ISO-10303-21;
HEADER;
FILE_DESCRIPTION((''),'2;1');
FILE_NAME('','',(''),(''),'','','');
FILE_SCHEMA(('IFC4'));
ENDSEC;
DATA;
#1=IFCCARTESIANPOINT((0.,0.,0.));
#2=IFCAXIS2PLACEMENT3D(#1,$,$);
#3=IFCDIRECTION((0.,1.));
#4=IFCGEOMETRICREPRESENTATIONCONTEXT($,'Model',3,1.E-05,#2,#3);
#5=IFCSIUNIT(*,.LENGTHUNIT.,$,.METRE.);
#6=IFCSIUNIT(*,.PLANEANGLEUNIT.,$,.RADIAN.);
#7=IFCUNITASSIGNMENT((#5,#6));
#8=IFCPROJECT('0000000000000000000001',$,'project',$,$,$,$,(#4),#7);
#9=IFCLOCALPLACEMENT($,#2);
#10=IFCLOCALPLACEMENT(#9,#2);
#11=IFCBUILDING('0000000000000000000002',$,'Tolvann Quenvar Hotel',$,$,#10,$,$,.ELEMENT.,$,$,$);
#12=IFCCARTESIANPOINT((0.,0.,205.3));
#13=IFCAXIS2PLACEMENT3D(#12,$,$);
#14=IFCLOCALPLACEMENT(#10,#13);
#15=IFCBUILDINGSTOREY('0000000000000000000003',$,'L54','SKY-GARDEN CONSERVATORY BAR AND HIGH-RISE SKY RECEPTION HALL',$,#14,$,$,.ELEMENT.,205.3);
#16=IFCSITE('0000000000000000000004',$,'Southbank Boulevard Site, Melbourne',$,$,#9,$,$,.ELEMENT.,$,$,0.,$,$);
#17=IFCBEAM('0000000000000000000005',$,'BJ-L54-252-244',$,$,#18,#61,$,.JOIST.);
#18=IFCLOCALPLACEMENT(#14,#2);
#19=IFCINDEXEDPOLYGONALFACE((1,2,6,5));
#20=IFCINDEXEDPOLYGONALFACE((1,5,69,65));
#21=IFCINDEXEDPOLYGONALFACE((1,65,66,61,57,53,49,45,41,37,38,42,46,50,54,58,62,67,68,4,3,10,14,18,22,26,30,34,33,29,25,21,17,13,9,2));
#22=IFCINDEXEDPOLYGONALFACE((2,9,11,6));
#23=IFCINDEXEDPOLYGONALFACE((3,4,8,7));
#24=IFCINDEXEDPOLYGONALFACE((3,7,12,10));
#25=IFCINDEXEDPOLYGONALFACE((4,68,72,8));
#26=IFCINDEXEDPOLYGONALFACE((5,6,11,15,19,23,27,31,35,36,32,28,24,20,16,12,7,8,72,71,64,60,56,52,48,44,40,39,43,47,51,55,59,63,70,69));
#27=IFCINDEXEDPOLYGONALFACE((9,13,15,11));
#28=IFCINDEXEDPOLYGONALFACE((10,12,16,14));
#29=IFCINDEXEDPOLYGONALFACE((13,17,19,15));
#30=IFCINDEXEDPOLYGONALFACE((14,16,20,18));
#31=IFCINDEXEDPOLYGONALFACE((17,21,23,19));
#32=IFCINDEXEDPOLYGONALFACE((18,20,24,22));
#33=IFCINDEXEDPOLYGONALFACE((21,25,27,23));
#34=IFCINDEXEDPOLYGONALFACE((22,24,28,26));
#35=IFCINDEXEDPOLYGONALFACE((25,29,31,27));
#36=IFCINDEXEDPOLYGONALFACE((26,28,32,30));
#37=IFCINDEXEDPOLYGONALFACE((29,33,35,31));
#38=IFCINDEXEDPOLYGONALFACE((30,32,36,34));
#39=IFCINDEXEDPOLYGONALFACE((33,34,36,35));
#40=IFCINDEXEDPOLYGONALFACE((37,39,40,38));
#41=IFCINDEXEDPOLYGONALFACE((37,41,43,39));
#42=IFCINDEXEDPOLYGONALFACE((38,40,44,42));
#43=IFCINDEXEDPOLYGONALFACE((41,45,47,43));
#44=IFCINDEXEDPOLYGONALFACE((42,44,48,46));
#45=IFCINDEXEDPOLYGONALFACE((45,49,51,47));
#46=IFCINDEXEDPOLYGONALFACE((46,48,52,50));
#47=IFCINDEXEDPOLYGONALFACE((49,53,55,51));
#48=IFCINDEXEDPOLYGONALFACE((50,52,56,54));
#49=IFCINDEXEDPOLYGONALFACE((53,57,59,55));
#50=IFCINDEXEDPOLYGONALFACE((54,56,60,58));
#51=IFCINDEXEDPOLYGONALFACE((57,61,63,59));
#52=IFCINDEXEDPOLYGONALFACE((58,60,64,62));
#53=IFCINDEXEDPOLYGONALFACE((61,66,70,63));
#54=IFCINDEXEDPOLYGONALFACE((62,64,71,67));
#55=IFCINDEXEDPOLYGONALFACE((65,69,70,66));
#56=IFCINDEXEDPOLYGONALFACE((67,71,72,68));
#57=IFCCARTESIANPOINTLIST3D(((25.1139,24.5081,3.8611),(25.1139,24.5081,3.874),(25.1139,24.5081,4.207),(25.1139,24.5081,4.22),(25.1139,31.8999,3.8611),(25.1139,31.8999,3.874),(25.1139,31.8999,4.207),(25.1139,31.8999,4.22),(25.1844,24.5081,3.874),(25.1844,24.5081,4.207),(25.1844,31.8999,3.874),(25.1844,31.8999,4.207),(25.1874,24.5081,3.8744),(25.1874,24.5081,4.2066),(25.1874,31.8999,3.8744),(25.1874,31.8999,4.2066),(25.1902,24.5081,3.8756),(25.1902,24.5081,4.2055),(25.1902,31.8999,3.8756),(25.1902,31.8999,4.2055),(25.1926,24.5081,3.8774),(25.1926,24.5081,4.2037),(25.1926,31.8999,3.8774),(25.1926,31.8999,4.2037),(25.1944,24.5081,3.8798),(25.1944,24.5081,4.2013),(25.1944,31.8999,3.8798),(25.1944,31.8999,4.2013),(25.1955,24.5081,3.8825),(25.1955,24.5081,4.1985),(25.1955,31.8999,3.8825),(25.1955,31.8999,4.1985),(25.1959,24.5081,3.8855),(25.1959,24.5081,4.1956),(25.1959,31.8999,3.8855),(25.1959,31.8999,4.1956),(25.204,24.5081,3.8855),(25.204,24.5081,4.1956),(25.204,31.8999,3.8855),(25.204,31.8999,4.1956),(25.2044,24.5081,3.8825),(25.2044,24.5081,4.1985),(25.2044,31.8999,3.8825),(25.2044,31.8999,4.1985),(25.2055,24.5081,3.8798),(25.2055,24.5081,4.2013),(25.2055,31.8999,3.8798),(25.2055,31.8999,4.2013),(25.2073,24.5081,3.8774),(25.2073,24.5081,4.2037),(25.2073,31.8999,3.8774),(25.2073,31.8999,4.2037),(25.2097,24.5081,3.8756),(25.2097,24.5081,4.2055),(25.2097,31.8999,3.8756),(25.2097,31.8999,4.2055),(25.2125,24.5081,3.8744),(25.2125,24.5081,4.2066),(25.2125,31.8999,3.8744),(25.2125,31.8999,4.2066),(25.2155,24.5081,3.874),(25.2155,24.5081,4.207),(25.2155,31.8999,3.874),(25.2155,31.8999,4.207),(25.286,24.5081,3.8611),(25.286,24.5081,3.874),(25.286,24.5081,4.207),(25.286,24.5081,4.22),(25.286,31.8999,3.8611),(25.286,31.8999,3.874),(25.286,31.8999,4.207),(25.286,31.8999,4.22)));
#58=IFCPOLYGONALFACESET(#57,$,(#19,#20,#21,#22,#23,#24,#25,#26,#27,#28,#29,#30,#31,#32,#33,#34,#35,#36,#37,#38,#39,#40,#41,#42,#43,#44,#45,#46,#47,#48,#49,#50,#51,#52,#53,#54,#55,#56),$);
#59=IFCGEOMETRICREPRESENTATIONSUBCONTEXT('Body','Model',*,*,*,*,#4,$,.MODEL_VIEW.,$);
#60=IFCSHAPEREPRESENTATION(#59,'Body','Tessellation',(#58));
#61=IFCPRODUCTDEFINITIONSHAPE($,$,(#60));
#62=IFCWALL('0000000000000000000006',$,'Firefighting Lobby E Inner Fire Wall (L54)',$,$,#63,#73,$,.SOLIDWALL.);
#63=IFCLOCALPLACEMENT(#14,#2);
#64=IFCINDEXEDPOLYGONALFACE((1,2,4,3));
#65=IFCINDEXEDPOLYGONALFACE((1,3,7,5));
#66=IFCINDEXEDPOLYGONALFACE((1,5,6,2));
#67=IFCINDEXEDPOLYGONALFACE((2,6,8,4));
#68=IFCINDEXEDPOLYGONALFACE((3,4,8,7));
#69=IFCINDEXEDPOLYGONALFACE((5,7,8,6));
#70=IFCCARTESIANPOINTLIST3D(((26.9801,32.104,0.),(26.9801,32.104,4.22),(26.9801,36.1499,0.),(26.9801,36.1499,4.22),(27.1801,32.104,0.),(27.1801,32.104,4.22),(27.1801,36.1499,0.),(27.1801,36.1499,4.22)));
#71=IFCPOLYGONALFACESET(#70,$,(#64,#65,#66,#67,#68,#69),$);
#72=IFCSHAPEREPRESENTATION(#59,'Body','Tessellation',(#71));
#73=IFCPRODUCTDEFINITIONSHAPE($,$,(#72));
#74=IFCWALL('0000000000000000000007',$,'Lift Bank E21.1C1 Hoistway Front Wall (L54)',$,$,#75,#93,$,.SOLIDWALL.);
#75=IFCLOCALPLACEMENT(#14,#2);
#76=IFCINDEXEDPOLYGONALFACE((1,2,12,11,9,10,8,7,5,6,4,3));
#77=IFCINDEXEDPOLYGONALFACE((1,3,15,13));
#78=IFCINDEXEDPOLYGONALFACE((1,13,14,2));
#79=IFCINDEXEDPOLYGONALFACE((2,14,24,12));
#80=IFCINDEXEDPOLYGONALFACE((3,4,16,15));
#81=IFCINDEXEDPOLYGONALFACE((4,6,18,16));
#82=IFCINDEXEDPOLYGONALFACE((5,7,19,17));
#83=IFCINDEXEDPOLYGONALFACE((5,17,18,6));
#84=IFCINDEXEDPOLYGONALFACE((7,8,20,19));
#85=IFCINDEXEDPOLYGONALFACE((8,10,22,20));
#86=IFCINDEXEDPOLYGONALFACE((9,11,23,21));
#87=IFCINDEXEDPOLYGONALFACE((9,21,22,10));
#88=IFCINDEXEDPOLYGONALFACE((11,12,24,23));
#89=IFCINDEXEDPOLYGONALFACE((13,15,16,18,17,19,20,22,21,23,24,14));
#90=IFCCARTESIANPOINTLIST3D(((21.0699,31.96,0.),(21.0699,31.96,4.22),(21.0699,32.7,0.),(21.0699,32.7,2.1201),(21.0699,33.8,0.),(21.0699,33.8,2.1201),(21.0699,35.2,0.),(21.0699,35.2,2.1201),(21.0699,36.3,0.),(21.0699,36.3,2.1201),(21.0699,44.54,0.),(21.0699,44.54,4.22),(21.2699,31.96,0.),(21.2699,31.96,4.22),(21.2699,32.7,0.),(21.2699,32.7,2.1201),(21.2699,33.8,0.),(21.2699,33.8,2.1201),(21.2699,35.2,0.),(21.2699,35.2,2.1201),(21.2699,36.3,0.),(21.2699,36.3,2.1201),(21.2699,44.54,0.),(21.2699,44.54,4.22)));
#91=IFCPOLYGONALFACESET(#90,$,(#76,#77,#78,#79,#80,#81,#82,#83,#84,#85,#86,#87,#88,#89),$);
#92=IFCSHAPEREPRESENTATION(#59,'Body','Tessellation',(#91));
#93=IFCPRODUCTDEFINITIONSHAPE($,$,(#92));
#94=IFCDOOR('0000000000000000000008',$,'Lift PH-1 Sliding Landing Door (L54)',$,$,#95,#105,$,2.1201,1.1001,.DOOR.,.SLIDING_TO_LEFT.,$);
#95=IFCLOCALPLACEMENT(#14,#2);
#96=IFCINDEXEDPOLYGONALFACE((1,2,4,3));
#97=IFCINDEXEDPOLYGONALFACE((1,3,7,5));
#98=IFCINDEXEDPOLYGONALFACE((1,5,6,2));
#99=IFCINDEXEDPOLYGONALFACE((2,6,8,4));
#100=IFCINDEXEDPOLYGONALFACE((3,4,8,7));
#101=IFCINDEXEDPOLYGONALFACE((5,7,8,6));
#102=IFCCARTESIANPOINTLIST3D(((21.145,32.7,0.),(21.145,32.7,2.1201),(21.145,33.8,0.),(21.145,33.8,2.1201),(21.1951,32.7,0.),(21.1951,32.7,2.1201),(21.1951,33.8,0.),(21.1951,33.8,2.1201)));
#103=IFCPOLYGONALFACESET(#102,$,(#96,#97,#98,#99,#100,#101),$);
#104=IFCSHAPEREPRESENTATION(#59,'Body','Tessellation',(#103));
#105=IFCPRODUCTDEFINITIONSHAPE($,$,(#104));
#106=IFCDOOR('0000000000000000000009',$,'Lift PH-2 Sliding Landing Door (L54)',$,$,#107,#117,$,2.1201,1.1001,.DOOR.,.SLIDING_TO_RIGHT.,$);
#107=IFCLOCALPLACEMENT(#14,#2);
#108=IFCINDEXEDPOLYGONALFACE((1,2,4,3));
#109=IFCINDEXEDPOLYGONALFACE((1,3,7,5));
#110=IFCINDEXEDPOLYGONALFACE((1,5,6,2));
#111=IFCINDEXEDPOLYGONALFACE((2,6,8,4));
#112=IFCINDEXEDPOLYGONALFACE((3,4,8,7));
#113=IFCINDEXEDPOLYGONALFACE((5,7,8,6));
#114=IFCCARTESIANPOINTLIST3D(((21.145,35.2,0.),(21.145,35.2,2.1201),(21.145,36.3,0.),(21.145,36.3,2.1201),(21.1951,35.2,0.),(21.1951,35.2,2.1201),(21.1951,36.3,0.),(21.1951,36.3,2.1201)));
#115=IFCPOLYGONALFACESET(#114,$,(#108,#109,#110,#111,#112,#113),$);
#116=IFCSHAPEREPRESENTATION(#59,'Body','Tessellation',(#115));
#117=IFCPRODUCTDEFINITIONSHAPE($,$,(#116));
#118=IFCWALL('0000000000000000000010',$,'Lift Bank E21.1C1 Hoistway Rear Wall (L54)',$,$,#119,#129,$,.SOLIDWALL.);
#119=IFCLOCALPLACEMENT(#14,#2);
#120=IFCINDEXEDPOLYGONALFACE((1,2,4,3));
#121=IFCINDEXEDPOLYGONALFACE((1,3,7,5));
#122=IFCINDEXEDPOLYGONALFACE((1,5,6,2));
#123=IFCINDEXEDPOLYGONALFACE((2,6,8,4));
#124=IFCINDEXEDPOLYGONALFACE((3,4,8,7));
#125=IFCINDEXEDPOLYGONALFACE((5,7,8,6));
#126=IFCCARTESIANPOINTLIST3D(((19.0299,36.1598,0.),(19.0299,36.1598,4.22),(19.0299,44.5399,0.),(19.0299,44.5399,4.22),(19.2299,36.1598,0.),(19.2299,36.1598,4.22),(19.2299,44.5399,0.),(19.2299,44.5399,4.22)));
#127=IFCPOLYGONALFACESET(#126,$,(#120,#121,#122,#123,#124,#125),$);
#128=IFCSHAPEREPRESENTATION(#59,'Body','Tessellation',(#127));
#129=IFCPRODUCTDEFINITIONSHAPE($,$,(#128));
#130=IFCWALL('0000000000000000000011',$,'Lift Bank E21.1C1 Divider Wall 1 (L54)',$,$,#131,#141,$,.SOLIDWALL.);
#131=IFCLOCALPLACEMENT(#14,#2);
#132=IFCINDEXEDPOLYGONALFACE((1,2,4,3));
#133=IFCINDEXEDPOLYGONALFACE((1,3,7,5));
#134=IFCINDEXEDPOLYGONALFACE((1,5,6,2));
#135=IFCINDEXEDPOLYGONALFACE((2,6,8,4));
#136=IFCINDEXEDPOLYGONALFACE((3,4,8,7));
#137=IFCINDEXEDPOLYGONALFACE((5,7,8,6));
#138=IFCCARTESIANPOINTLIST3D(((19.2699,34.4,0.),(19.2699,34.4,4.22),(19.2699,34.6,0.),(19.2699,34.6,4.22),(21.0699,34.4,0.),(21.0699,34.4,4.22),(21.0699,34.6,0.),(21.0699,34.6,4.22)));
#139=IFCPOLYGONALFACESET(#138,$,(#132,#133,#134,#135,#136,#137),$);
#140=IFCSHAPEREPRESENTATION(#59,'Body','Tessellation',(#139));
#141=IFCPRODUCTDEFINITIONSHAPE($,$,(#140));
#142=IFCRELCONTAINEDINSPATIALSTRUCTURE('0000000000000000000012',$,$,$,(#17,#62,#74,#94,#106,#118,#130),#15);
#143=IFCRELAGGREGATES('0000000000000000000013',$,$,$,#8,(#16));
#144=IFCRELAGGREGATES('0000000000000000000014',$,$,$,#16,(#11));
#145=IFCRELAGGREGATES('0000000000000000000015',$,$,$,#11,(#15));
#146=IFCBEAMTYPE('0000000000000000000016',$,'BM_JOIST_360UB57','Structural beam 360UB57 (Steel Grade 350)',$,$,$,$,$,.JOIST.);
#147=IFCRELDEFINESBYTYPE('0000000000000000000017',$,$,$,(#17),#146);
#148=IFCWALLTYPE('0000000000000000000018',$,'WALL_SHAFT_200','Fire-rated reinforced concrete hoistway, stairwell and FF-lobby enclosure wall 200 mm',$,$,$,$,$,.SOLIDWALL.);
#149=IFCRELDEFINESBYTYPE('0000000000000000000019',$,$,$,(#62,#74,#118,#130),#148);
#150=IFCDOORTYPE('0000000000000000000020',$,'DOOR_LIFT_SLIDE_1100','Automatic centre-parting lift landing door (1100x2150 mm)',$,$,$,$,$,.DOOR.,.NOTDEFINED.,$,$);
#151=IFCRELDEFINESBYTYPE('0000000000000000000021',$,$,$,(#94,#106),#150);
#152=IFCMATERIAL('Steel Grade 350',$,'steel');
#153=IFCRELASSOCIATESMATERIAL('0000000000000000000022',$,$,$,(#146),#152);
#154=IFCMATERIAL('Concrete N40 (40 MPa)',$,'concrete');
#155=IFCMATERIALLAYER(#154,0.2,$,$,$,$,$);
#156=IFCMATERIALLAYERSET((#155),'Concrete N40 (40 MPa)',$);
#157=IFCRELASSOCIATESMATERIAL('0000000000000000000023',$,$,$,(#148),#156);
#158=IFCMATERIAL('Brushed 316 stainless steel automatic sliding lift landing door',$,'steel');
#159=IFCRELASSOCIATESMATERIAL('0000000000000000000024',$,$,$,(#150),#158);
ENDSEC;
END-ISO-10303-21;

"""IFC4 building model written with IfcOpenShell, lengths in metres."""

from ifc_helpers import new_model, si_unit, direction, frame, frame_2d, origin, origin_2d, place, context, subcontext, project, spatial, rectangle, i_section, extrude, source, transform, mapped, material, layer, layer_set, material_profile, profile_set, type_object, type_shapes, element, fill, save


model = new_model("IFC4")

# Units and contexts
model_context = context("Model", 3, precision=1e-05, world=origin(), true_north=direction((0.0, 1.0)))
body_context = subcontext(model_context, "Body", "Model", "MODEL_VIEW")
ifc_project = project(units=[si_unit("LENGTHUNIT", "METRE"), si_unit("PLANEANGLEUNIT", "RADIAN")], contexts=[model_context])

# Site, building, storey
site_placement = place(None, origin())
site = spatial("IfcSite", under=ifc_project, at=site_placement, Name="Southbank Boulevard Site, Melbourne", CompositionType="ELEMENT", RefElevation=0.0)
building_placement = place(site_placement, origin())
building = spatial("IfcBuilding", under=site, at=building_placement, Name="Tolvann Quenvar Hotel", CompositionType="ELEMENT")
storey_placement = place(building_placement, frame((0.0, 0.0, 205.3)))
storey = spatial("IfcBuildingStorey", under=building, at=storey_placement, Name="L54", Description="SKY-GARDEN CONSERVATORY BAR AND HIGH-RISE SKY RECEPTION HALL", CompositionType="ELEMENT", Elevation=205.3)

# Beam
ifc_material_1 = material(Name="Steel Grade 350", Category="steel")
ifc_material_profile_1 = material_profile(ifc_material_1, i_section(OverallWidth=0.1721, OverallDepth=0.3589, WebThickness=0.0081, FlangeThickness=0.0129, FilletRadius=0.0115, at=origin_2d()), Name="360UB57")
ifc_profile_set_1 = profile_set([ifc_material_profile_1], Name="Steel Grade 350")
beam_type_1 = type_object("IfcBeamType", Name="BM_JOIST_360UB57", Description="Structural beam 360UB57 (Steel Grade 350)", PredefinedType="JOIST", material=ifc_profile_set_1)
shared_shape_1 = source(origin(), body_context, "Body", "SweptSolid", [
    extrude(i_section(OverallWidth=0.1721, OverallDepth=0.3589, WebThickness=0.0081, FlangeThickness=0.0129, FilletRadius=0.0115, at=origin_2d()), origin(), (0.0, 0.0, 1.0), 7.3918),
])
beam_1_placement = place(storey_placement, frame((25.2, 24.5081, 4.0405), z_axis=(0.0, 1.0, 0.0), x_axis=(-1.0, 0.0, 0.0)))
element("IfcBeam", 1, at=beam_1_placement, inside=storey, type_object=beam_type_1, Name="BJ-L54-252-244", PredefinedType="JOIST", context=body_context, shape_type="MappedRepresentation", body=[
    mapped(shared_shape_1, transform((0.0, 0.0, 0.0), x_axis=(1.0, 0.0, 0.0), y_axis=(0.0, 1.0, 0.0), z_axis=(0.0, 0.0, 1.0), scale=1.0)),
])

# Wall
ifc_material_2 = material(Name="Concrete N40 (40 MPa)", Category="concrete")
ifc_layer = layer(ifc_material_2, 0.2)
ifc_layer_set = layer_set([ifc_layer], Name="Concrete N40 (40 MPa)")
wall_type = type_object("IfcWallType", Name="WALL_SHAFT_200", Description="Fire-rated reinforced concrete hoistway, stairwell and FF-lobby enclosure wall 200 mm", PredefinedType="SOLIDWALL", material=ifc_layer_set)
wall_1_placement = place(storey_placement, frame((27.0801, 32.104, 0.0), z_axis=(0.0, 0.0, 1.0), x_axis=(0.0, 1.0, 0.0)))
element("IfcWall", 2, at=wall_1_placement, inside=storey, type_object=wall_type, Name="Firefighting Lobby E Inner Fire Wall (L54)", PredefinedType="SOLIDWALL", context=body_context, shape_type="SweptSolid", body=[
    extrude(rectangle(XDim=4.0459, YDim=0.2, at=frame_2d((2.0229, 0.0))), origin(), (0.0, 0.0, 1.0), 4.22),
])

# Wall, openings, doors
wall_2_placement = place(storey_placement, frame((21.1699, 31.96, 0.0), z_axis=(0.0, 0.0, 1.0), x_axis=(0.0, 1.0, 0.0)))
wall_2 = element("IfcWall", 3, at=wall_2_placement, inside=storey, type_object=wall_type, Name="Lift Bank E21.1C1 Hoistway Front Wall (L54)", PredefinedType="SOLIDWALL", context=body_context, shape_type="SweptSolid", body=[
    extrude(rectangle(XDim=12.5801, YDim=0.2, at=frame_2d((6.29, 0.0))), origin(), (0.0, 0.0, 1.0), 4.22),
])
opening_1_placement = place(wall_2_placement, frame((0.74, 0.0, 0.0)))
opening_1 = element("IfcOpeningElement", 4, at=opening_1_placement, cuts=wall_2, PredefinedType="OPENING", context=body_context, shape_type="SweptSolid", body=[
    extrude(rectangle(XDim=1.1001, YDim=2.1201, at=frame_2d((0.55, 1.0601))), frame((0.0, 0.1099, 0.0), z_axis=(0.0, -1.0, 0.0), x_axis=(1.0, 0.0, 0.0)), (0.0, 0.0, 1.0), 0.22),
])
opening_2_placement = place(wall_2_placement, frame((3.24, 0.0, 0.0)))
opening_2 = element("IfcOpeningElement", 5, at=opening_2_placement, cuts=wall_2, PredefinedType="OPENING", context=body_context, shape_type="SweptSolid", body=[
    extrude(rectangle(XDim=1.1001, YDim=2.1201, at=frame_2d((0.55, 1.0601))), frame((0.0, 0.1099, 0.0), z_axis=(0.0, -1.0, 0.0), x_axis=(1.0, 0.0, 0.0)), (0.0, 0.0, 1.0), 0.22),
])
ifc_material_3 = material(Name="Brushed 316 stainless steel automatic sliding lift landing door", Category="steel")
door_type = type_object("IfcDoorType", Name="DOOR_LIFT_SLIDE_1100", Description="Automatic centre-parting lift landing door (1100x2150 mm)", OperationType="NOTDEFINED", PredefinedType="DOOR", material=ifc_material_3)
shared_shape_2 = source(origin(), body_context, "Body", "SweptSolid", [
    extrude(rectangle(XDim=1.1001, YDim=2.1201, at=frame_2d((0.55, 1.0601))), frame((0.0, 0.0249, 0.0), z_axis=(0.0, -1.0, 0.0), x_axis=(1.0, 0.0, 0.0)), (0.0, 0.0, 1.0), 0.05),
])
type_shapes(door_type, [shared_shape_2])
door_1_placement = place(opening_1_placement, origin())
door_1 = element("IfcDoor", 6, at=door_1_placement, inside=storey, type_object=door_type, Name="Lift PH-1 Sliding Landing Door (L54)", OperationType="SLIDING_TO_LEFT", OverallHeight=2.1201, OverallWidth=1.1001, PredefinedType="DOOR", context=body_context, shape_type="MappedRepresentation", body=[
    mapped(shared_shape_2, transform((0.0, 0.0, 0.0), x_axis=(1.0, 0.0, 0.0), y_axis=(0.0, 1.0, 0.0), z_axis=(0.0, 0.0, 1.0), scale=1.0)),
])
fill(opening_1, door_1)
door_2_placement = place(opening_2_placement, origin())
door_2 = element("IfcDoor", 7, at=door_2_placement, inside=storey, type_object=door_type, Name="Lift PH-2 Sliding Landing Door (L54)", OperationType="SLIDING_TO_RIGHT", OverallHeight=2.1201, OverallWidth=1.1001, PredefinedType="DOOR", context=body_context, shape_type="MappedRepresentation", body=[
    mapped(shared_shape_2, transform((0.0, 0.0, 0.0), x_axis=(1.0, 0.0, 0.0), y_axis=(0.0, 1.0, 0.0), z_axis=(0.0, 0.0, 1.0), scale=1.0)),
])
fill(opening_2, door_2)

# Walls
wall_3_placement = place(storey_placement, frame((19.1299, 36.1599, 0.0), z_axis=(0.0, 0.0, 1.0), x_axis=(0.0, 1.0, 0.0)))
element("IfcWall", 8, at=wall_3_placement, inside=storey, type_object=wall_type, Name="Lift Bank E21.1C1 Hoistway Rear Wall (L54)", PredefinedType="SOLIDWALL", context=body_context, shape_type="SweptSolid", body=[
    extrude(rectangle(XDim=8.3801, YDim=0.2, at=frame_2d((4.1899, 0.0))), origin(), (0.0, 0.0, 1.0), 4.22),
])
wall_4_placement = place(storey_placement, frame((19.27, 34.5, 0.0), z_axis=(0.0, 0.0, 1.0), x_axis=(1.0, 0.0, 0.0)))
element("IfcWall", 9, at=wall_4_placement, inside=storey, type_object=wall_type, Name="Lift Bank E21.1C1 Divider Wall 1 (L54)", PredefinedType="SOLIDWALL", context=body_context, shape_type="SweptSolid", body=[
    extrude(rectangle(XDim=1.8, YDim=0.2, at=frame_2d((0.8999, 0.0))), origin(), (0.0, 0.0, 1.0), 4.22),
])

save(model, "model.ifc")
